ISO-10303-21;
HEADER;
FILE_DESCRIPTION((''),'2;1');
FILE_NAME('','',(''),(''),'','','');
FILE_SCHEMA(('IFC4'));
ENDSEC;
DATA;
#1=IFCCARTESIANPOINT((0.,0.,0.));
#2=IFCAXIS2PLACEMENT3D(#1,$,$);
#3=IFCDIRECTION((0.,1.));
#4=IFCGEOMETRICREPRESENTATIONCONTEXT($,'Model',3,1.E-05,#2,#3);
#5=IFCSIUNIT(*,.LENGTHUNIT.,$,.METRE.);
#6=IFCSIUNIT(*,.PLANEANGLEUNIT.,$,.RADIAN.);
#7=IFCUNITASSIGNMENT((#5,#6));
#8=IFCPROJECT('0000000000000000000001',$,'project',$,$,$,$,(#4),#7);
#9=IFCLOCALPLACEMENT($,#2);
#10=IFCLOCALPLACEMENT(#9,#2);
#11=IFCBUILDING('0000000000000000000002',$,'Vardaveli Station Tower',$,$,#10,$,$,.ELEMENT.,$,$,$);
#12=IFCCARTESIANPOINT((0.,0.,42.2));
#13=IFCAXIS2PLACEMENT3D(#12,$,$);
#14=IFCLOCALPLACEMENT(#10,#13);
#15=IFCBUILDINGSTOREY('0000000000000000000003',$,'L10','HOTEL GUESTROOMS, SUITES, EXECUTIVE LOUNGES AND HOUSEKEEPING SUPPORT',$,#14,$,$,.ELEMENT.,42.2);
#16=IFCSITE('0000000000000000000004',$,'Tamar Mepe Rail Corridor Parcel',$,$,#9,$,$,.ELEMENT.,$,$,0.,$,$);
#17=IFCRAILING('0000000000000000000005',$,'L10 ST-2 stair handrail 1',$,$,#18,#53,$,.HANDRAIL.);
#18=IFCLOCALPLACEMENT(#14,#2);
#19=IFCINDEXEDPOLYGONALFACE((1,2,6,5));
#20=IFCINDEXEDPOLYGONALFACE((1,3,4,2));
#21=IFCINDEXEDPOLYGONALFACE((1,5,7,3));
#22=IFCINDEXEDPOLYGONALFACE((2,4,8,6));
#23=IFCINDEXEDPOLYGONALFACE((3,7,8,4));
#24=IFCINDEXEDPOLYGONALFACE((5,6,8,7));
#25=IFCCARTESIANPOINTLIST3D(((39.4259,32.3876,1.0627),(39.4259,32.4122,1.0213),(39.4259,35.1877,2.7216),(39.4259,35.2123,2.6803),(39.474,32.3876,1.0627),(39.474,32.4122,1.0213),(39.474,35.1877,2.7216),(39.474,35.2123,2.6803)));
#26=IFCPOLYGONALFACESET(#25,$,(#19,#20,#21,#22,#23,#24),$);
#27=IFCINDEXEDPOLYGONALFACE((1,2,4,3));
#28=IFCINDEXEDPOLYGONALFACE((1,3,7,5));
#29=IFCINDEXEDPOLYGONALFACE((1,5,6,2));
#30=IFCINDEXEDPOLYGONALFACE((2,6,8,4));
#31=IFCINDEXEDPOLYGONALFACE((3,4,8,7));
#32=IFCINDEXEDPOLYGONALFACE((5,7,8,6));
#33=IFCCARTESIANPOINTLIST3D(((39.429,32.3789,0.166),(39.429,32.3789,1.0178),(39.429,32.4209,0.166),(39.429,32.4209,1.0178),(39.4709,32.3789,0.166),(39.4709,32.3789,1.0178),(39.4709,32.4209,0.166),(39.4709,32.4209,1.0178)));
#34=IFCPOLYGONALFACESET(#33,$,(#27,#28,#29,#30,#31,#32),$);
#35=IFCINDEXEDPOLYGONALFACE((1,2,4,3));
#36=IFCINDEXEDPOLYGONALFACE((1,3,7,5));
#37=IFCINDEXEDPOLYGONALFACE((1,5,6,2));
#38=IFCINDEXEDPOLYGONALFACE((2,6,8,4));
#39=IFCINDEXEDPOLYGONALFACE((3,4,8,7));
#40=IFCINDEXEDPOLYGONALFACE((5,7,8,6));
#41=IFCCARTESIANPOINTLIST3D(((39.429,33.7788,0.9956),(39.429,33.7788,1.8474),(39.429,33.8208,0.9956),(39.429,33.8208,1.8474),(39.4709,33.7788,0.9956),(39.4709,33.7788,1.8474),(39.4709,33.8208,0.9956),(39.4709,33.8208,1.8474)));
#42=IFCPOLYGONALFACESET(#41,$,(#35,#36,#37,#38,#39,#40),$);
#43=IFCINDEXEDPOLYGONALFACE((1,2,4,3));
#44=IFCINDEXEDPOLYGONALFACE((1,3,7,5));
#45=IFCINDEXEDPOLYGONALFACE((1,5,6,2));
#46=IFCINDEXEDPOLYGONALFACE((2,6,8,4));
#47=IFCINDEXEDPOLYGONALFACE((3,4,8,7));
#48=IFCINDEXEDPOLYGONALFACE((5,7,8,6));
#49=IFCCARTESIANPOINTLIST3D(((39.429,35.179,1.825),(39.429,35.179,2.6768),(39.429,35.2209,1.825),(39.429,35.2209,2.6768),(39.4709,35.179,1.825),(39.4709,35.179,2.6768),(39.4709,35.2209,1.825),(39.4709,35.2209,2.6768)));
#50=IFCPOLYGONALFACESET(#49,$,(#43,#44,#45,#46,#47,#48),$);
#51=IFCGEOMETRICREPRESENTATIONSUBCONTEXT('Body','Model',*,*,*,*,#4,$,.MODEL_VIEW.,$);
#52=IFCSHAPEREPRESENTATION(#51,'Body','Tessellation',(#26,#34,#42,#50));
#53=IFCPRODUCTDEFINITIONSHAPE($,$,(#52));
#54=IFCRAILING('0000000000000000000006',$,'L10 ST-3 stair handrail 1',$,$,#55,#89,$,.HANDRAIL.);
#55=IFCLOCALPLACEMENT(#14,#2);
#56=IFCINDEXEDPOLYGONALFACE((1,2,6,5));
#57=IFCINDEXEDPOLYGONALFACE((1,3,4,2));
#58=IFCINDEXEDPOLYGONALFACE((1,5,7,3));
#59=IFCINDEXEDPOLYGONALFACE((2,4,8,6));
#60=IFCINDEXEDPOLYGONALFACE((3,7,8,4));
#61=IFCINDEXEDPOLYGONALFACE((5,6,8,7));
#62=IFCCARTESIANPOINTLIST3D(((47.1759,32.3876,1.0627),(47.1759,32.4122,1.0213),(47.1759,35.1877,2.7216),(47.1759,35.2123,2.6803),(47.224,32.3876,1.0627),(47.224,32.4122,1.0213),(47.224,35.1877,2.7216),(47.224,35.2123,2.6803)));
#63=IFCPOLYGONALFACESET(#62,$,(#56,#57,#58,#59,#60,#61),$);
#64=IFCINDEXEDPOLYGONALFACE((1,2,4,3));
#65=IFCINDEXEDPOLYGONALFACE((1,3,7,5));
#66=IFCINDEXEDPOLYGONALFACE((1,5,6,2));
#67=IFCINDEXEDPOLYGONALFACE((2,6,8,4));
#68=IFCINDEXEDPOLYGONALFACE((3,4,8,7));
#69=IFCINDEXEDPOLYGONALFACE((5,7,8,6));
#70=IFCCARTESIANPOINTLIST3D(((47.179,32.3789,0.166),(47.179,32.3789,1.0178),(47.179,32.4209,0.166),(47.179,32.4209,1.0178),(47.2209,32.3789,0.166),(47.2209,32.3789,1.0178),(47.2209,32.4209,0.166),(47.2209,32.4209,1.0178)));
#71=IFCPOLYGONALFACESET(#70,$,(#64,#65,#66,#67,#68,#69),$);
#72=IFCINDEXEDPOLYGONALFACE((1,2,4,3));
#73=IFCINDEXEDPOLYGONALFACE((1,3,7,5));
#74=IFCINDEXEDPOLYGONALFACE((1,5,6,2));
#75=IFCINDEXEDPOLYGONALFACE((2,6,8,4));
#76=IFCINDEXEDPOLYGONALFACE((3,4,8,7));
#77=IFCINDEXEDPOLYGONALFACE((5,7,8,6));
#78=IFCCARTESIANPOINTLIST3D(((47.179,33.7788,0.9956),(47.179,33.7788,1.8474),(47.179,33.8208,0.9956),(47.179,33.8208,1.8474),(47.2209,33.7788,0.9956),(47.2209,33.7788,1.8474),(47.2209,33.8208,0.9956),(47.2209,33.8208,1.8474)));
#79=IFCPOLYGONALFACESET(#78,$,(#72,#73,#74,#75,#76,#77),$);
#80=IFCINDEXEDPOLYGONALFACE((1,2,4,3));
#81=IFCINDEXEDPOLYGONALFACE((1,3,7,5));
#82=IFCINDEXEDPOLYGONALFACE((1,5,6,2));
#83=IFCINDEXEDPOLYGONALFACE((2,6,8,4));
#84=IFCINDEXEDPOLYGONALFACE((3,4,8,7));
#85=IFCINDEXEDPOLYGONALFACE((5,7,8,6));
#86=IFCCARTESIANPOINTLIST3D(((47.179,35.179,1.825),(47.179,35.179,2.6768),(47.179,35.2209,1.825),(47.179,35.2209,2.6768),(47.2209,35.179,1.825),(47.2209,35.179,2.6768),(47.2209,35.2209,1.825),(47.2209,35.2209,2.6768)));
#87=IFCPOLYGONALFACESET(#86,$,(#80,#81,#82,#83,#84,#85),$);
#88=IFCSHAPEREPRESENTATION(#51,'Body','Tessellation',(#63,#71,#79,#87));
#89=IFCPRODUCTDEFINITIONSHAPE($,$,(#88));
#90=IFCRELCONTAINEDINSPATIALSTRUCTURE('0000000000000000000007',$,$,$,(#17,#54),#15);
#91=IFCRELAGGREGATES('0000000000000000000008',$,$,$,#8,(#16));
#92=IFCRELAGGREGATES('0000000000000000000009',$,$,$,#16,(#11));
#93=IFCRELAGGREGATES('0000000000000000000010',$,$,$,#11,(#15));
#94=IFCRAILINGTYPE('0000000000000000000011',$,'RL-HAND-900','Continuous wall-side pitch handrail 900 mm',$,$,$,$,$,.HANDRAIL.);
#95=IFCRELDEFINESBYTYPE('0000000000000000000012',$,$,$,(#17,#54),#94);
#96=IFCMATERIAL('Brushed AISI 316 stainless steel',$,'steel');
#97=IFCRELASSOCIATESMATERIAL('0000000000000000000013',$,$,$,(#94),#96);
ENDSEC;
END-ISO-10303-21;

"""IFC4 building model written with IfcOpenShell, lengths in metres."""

from ifc_helpers import new_model, si_unit, direction, frame, origin, origin_2d, place, context, subcontext, project, spatial, rectangle, extrude, source, transform, mapped, material, type_object, element, save


model = new_model("IFC4")

# Units and contexts
model_context = context("Model", 3, precision=1e-05, world=origin(), true_north=direction((0.0, 1.0)))
body_context = subcontext(model_context, "Body", "Model", "MODEL_VIEW")
ifc_project = project(units=[si_unit("LENGTHUNIT", "METRE"), si_unit("PLANEANGLEUNIT", "RADIAN")], contexts=[model_context])

# Site, building, storey
site_placement = place(None, origin())
site = spatial("IfcSite", under=ifc_project, at=site_placement, Name="Tamar Mepe Rail Corridor Parcel", CompositionType="ELEMENT", RefElevation=0.0)
building_placement = place(site_placement, origin())
building = spatial("IfcBuilding", under=site, at=building_placement, Name="Vardaveli Station Tower", CompositionType="ELEMENT")
storey_placement = place(building_placement, frame((0.0, 0.0, 42.2)))
storey = spatial("IfcBuildingStorey", under=building, at=storey_placement, Name="L10", Description="HOTEL GUESTROOMS, SUITES, EXECUTIVE LOUNGES AND HOUSEKEEPING SUPPORT", CompositionType="ELEMENT", Elevation=42.2)

# Railings
ifc_material_1 = material(Name="Brushed AISI 316 stainless steel", Category="steel")
railing_type_1 = type_object("IfcRailingType", Name="RL-HAND-900", Description="Continuous wall-side pitch handrail 900 mm", PredefinedType="HANDRAIL", material=ifc_material_1)
shared_shape_1 = source(origin(), body_context, "Body", "SweptSolid", [
    extrude(rectangle(XDim=0.0481, YDim=0.0481, at=origin_2d()), frame((0.0, 0.0, 0.876), z_axis=(0.0, 0.860339, 0.509722), x_axis=(-1.0, 0.0, 0.0)), (0.0, 0.0, 1.0), 3.2546),
    extrude(rectangle(XDim=0.042, YDim=0.042, at=origin_2d()), origin(), (0.0, 0.0, 1.0), 0.8518),
    extrude(rectangle(XDim=0.042, YDim=0.042, at=origin_2d()), frame((0.0, 1.3999, 0.8296)), (0.0, 0.0, 1.0), 0.8518),
    extrude(rectangle(XDim=0.042, YDim=0.042, at=origin_2d()), frame((0.0, 2.8, 1.6589)), (0.0, 0.0, 1.0), 0.8518),
])
for number, where, name in (
    (1, (39.45, 32.3999, 0.166), "L10 ST-2 stair handrail 1"),
    (2, (47.2, 32.3999, 0.166), "L10 ST-3 stair handrail 1"),
):
    element("IfcRailing", number, at=place(storey_placement, frame(where)), inside=storey, type_object=railing_type_1, Name=name, PredefinedType="HANDRAIL", context=body_context, shape_type="MappedRepresentation", body=[
        mapped(shared_shape_1, transform((0.0, 0.0, 0.0), scale=1.0)),
    ])

save(model, "model.ifc")
